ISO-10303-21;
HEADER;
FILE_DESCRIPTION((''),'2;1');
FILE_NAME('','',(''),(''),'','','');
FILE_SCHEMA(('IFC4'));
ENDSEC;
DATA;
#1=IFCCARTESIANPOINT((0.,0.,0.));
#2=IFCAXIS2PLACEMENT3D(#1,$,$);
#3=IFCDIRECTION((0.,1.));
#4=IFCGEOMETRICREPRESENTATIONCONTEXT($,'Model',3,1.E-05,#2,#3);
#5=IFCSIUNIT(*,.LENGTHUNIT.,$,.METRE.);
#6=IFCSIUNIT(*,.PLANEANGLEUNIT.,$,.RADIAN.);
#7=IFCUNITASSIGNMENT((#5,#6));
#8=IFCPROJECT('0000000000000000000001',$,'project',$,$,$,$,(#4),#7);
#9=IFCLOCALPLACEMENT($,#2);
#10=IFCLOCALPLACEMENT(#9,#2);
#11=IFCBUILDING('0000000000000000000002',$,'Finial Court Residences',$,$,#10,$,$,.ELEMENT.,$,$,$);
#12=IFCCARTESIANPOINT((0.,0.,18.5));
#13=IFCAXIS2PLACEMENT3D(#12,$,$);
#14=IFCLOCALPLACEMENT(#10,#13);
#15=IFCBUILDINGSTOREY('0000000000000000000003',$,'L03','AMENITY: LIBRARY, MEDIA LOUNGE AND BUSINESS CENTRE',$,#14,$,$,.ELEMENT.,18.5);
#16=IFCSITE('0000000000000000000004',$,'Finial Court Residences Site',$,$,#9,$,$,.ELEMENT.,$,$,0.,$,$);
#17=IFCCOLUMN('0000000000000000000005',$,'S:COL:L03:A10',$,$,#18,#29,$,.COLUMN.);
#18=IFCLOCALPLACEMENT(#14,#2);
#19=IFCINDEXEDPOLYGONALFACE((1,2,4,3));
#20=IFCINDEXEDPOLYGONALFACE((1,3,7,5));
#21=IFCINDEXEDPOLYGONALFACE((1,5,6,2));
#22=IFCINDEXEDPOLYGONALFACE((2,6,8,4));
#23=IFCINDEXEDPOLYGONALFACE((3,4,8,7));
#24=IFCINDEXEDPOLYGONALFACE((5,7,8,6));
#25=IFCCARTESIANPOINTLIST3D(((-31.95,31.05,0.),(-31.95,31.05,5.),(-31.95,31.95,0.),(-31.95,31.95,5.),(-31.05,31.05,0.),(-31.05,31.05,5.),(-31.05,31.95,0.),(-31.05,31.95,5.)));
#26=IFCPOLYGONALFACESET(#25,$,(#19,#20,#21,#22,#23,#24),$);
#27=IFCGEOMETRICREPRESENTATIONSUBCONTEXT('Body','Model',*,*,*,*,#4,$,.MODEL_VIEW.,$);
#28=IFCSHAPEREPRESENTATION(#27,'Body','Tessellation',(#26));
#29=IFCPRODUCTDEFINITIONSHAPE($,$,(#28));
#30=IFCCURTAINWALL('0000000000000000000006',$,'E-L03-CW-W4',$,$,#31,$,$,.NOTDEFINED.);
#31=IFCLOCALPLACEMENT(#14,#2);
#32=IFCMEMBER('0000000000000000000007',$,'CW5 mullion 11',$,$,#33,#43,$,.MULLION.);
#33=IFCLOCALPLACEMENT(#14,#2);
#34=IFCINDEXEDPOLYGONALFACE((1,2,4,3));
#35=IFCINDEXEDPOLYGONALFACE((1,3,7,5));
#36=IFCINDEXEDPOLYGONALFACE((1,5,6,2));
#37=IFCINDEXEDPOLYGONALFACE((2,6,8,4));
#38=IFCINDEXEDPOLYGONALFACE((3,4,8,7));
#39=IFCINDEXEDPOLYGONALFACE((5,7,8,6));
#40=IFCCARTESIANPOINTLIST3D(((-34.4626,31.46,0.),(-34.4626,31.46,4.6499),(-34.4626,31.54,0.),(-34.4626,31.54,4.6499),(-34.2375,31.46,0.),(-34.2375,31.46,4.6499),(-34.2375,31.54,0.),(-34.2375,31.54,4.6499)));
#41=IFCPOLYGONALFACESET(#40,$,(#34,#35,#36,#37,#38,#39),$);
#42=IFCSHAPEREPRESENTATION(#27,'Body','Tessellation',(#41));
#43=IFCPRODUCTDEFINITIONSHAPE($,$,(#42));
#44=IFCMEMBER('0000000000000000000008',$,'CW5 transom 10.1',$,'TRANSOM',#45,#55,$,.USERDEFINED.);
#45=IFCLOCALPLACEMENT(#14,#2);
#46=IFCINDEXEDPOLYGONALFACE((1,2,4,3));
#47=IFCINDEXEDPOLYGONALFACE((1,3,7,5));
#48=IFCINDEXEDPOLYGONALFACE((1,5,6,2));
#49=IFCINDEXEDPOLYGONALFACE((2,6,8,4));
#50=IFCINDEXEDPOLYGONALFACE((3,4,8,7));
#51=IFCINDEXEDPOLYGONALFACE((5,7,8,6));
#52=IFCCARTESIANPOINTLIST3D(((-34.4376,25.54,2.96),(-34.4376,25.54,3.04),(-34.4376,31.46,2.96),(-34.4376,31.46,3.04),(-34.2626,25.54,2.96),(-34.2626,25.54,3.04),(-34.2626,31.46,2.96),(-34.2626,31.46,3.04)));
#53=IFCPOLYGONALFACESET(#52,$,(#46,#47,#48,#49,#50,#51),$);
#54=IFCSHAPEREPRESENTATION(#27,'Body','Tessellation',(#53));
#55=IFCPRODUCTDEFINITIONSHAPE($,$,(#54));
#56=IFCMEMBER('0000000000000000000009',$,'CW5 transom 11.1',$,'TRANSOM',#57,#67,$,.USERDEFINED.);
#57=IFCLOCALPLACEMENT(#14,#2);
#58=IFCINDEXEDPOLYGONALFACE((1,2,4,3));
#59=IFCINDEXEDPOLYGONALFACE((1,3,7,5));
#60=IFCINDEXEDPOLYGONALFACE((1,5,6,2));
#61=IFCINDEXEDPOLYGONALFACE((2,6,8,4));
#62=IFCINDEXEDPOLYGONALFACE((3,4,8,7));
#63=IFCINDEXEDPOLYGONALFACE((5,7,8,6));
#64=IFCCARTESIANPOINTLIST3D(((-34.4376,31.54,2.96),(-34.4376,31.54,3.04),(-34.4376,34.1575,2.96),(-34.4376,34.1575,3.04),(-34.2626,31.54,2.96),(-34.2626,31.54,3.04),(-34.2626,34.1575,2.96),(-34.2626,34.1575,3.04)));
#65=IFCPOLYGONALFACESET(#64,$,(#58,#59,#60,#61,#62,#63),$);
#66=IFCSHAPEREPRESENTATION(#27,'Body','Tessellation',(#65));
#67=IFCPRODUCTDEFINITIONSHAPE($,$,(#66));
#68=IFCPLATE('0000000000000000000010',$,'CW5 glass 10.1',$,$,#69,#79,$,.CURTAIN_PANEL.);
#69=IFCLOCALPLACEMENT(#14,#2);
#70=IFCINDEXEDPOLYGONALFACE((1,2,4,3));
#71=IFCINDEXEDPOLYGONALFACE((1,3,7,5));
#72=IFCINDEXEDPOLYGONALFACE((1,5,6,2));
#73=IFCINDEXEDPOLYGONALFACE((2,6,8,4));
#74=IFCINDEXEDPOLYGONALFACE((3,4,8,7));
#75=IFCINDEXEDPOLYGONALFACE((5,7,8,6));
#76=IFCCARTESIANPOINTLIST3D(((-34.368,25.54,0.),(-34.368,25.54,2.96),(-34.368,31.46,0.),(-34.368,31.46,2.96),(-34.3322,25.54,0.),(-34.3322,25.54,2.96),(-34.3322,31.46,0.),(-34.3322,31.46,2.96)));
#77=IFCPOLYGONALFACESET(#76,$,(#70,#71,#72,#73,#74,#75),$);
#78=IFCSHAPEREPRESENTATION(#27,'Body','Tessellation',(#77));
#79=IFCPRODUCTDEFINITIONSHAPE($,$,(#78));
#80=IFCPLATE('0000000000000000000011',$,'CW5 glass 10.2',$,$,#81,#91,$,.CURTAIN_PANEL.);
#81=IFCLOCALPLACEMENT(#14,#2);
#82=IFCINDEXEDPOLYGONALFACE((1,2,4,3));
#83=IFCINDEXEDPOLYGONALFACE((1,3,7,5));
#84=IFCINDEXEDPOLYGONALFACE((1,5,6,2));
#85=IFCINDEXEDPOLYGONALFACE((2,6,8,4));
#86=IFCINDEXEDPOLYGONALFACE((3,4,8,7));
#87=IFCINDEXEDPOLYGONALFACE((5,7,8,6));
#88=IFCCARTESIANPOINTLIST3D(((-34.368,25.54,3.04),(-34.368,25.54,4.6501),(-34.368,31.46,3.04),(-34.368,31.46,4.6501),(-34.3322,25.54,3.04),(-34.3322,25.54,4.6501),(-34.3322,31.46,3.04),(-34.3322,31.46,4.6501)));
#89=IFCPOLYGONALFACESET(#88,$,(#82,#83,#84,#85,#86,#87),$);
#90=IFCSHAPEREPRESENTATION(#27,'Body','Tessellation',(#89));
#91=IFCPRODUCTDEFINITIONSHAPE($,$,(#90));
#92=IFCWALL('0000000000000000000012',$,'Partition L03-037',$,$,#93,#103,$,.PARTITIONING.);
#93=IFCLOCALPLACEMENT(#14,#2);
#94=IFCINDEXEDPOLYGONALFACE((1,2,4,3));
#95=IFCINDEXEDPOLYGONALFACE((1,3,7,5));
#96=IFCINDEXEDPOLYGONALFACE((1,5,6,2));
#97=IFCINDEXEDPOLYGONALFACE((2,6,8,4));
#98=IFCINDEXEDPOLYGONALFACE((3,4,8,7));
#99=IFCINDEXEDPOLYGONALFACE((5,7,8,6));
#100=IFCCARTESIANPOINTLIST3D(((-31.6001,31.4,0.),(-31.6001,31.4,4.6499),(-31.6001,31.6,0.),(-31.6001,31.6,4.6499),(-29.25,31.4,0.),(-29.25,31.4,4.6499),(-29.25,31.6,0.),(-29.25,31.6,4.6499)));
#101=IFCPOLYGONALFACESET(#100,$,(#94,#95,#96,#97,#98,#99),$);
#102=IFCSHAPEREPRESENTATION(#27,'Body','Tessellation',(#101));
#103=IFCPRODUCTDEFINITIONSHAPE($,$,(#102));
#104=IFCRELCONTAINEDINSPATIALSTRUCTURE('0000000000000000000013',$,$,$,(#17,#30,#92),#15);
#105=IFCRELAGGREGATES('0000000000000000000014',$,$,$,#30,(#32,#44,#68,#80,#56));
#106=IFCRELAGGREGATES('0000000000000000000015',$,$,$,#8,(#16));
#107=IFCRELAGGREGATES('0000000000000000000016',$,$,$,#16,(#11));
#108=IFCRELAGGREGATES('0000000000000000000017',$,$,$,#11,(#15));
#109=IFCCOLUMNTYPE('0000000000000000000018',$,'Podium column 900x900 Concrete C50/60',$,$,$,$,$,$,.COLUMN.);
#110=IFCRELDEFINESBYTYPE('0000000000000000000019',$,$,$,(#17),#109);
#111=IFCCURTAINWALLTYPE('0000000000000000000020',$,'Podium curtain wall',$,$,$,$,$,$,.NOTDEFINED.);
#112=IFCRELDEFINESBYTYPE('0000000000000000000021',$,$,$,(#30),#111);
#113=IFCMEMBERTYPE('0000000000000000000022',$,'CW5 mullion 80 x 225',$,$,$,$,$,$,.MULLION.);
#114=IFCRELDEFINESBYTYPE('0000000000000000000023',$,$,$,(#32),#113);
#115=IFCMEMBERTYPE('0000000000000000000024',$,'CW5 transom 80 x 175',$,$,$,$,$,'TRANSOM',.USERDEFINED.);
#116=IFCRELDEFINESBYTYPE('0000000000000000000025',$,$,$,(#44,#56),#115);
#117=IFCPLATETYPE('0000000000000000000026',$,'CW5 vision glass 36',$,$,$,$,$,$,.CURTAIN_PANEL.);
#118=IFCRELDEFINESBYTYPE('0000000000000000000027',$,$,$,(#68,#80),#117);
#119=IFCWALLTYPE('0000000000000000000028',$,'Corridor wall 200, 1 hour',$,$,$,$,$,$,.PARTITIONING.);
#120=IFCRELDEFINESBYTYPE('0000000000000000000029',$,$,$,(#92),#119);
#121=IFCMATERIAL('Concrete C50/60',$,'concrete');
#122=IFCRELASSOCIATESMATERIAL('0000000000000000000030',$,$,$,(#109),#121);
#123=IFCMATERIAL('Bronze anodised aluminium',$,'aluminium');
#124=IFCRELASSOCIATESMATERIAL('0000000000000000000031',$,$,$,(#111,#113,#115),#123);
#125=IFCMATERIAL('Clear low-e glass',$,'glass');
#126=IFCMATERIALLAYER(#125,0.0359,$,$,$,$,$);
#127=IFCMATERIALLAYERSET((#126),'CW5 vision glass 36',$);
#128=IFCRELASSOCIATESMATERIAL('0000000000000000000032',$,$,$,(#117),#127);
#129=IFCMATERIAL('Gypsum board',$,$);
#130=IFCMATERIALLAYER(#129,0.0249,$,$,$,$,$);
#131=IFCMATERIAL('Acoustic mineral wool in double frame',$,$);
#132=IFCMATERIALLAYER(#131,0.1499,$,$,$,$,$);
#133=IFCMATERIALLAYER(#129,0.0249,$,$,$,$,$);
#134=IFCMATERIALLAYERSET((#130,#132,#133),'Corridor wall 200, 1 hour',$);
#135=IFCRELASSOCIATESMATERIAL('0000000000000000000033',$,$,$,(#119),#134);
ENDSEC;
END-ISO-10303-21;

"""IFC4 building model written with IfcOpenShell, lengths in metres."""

from ifc_helpers import new_model, si_unit, direction, frame, frame_2d, origin, origin_2d, place, context, subcontext, project, spatial, rectangle, extrude, material, layer, layer_set, material_profile, profile_set, type_object, element, aggregate, save


model = new_model("IFC4")

# Units and contexts
model_context = context("Model", 3, precision=1e-05, world=origin(), true_north=direction((0.0, 1.0)))
body_context = subcontext(model_context, "Body", "Model", "MODEL_VIEW")
ifc_project = project(units=[si_unit("LENGTHUNIT", "METRE"), si_unit("PLANEANGLEUNIT", "RADIAN")], contexts=[model_context])

# Site, building, storey
site_placement = place(None, origin())
site = spatial("IfcSite", under=ifc_project, at=site_placement, Name="Finial Court Residences Site", CompositionType="ELEMENT", RefElevation=0.0)
building_placement = place(site_placement, origin())
building = spatial("IfcBuilding", under=site, at=building_placement, Name="Finial Court Residences", CompositionType="ELEMENT")
storey_placement = place(building_placement, frame((0.0, 0.0, 18.5)))
storey = spatial("IfcBuildingStorey", under=building, at=storey_placement, Name="L03", Description="AMENITY: LIBRARY, MEDIA LOUNGE AND BUSINESS CENTRE", CompositionType="ELEMENT", Elevation=18.5)

# Column
ifc_material_1 = material(Name="Concrete C50/60", Category="concrete")
ifc_material_profile_1 = material_profile(ifc_material_1, rectangle(XDim=0.8999, YDim=0.8999, at=origin_2d()), Name="900x900")
ifc_profile_set_1 = profile_set([ifc_material_profile_1], Name="Concrete C50/60")
column_type = type_object("IfcColumnType", Name="Podium column 900x900 Concrete C50/60", PredefinedType="COLUMN", material=ifc_profile_set_1)
column_placement = place(storey_placement, frame((-31.5, 31.5, 0.0), z_axis=(0.0, 0.0, 1.0), x_axis=(1.0, 0.0, 0.0)))
element("IfcColumn", 1, at=column_placement, inside=storey, type_object=column_type, Name="S:COL:L03:A10", PredefinedType="COLUMN", context=body_context, shape_type="SweptSolid", body=[
    extrude(rectangle(XDim=0.8999, YDim=0.8999, at=origin_2d()), origin(), (0.0, 0.0, 1.0), 5.0),
])

# Curtain wall, members, plates
ifc_material_2 = material(Name="Bronze anodised aluminium", Category="aluminium")
curtain_wall_type = type_object("IfcCurtainWallType", Name="Podium curtain wall", PredefinedType="NOTDEFINED", material=ifc_material_2)
curtain_wall_placement = place(storey_placement, origin())
curtain_wall = element("IfcCurtainWall", 2, at=curtain_wall_placement, inside=storey, type_object=curtain_wall_type, Name="E-L03-CW-W4", PredefinedType="NOTDEFINED")
ifc_material_profile_2 = material_profile(ifc_material_2, rectangle(XDim=0.2251, YDim=0.0801, at=origin_2d()), Name="CW5 mullion 80 x 225")
ifc_profile_set_2 = profile_set([ifc_material_profile_2], Name="Bronze anodised aluminium")
member_type_1 = type_object("IfcMemberType", Name="CW5 mullion 80 x 225", PredefinedType="MULLION", material=ifc_profile_set_2)
member_1_placement = place(storey_placement, frame((-34.3501, 31.5, 0.0), z_axis=(0.0, 0.0, 1.0), x_axis=(-1.0, 0.0, 0.0)))
member_1 = element("IfcMember", 3, at=member_1_placement, type_object=member_type_1, Name="CW5 mullion 11", PredefinedType="MULLION", context=body_context, shape_type="SweptSolid", body=[
    extrude(rectangle(XDim=0.2251, YDim=0.0801, at=origin_2d()), origin(), (0.0, 0.0, 1.0), 4.6499),
])
ifc_material_profile_3 = material_profile(ifc_material_2, rectangle(XDim=0.175, YDim=0.0801, at=origin_2d()), Name="CW5 transom 80 x 175")
ifc_profile_set_3 = profile_set([ifc_material_profile_3], Name="Bronze anodised aluminium")
member_type_2 = type_object("IfcMemberType", Name="CW5 transom 80 x 175", ElementType="TRANSOM", PredefinedType="USERDEFINED", material=ifc_profile_set_3)
member_2_placement = place(storey_placement, frame((-34.3501, 25.54, 3.0), z_axis=(0.0, 1.0, 0.0), x_axis=(-1.0, 0.0, 0.0)))
member_2 = element("IfcMember", 4, at=member_2_placement, type_object=member_type_2, Name="CW5 transom 10.1", ObjectType="TRANSOM", PredefinedType="USERDEFINED", context=body_context, shape_type="SweptSolid", body=[
    extrude(rectangle(XDim=0.175, YDim=0.0801, at=origin_2d()), origin(), (0.0, 0.0, 1.0), 5.9199),
])
member_3_placement = place(storey_placement, frame((-34.3501, 31.54, 3.0), z_axis=(0.0, 1.0, 0.0), x_axis=(-1.0, 0.0, 0.0)))
member_3 = element("IfcMember", 5, at=member_3_placement, type_object=member_type_2, Name="CW5 transom 11.1", ObjectType="TRANSOM", PredefinedType="USERDEFINED", context=body_context, shape_type="SweptSolid", body=[
    extrude(rectangle(XDim=0.175, YDim=0.0801, at=origin_2d()), origin(), (0.0, 0.0, 1.0), 2.6174),
])
ifc_material_3 = material(Name="Clear low-e glass", Category="glass")
ifc_layer_1 = layer(ifc_material_3, 0.0359)
ifc_layer_set_1 = layer_set([ifc_layer_1], Name="CW5 vision glass 36")
plate_type = type_object("IfcPlateType", Name="CW5 vision glass 36", PredefinedType="CURTAIN_PANEL", material=ifc_layer_set_1)
plate_1_placement = place(storey_placement, frame((-34.3501, 28.5, 0.0), z_axis=(0.0, 0.0, 1.0), x_axis=(0.0, 1.0, 0.0)))
plate_1 = element("IfcPlate", 6, at=plate_1_placement, type_object=plate_type, Name="CW5 glass 10.1", PredefinedType="CURTAIN_PANEL", context=body_context, shape_type="SweptSolid", body=[
    extrude(rectangle(XDim=5.9199, YDim=0.0359, at=origin_2d()), origin(), (0.0, 0.0, 1.0), 2.96),
])
plate_2_placement = place(storey_placement, frame((-34.3501, 28.5, 3.04), z_axis=(0.0, 0.0, 1.0), x_axis=(0.0, 1.0, 0.0)))
plate_2 = element("IfcPlate", 7, at=plate_2_placement, type_object=plate_type, Name="CW5 glass 10.2", PredefinedType="CURTAIN_PANEL", context=body_context, shape_type="SweptSolid", body=[
    extrude(rectangle(XDim=5.9199, YDim=0.0359, at=origin_2d()), origin(), (0.0, 0.0, 1.0), 1.6101),
])
aggregate(curtain_wall, [member_1, member_2, plate_1, plate_2, member_3])

# Wall
ifc_material_4 = material(Name="Gypsum board")
ifc_layer_2 = layer(ifc_material_4, 0.0249)
ifc_material_5 = material(Name="Acoustic mineral wool in double frame")
ifc_layer_3 = layer(ifc_material_5, 0.1499)
ifc_layer_4 = layer(ifc_material_4, 0.0249)
ifc_layer_set_2 = layer_set([ifc_layer_2, ifc_layer_3, ifc_layer_4], Name="Corridor wall 200, 1 hour")
wall_type_1 = type_object("IfcWallType", Name="Corridor wall 200, 1 hour", PredefinedType="PARTITIONING", material=ifc_layer_set_2)
wall_1_placement = place(storey_placement, frame((-31.6001, 31.5, 0.0), z_axis=(0.0, 0.0, 1.0), x_axis=(1.0, 0.0, 0.0)))
element("IfcWall", 8, at=wall_1_placement, inside=storey, type_object=wall_type_1, Name="Partition L03-037", PredefinedType="PARTITIONING", context=body_context, shape_type="SweptSolid", body=[
    extrude(rectangle(XDim=2.3501, YDim=0.2, at=frame_2d((1.175, 0.0))), origin(), (0.0, 0.0, 1.0), 4.6499),
])

save(model, "model.ifc")
